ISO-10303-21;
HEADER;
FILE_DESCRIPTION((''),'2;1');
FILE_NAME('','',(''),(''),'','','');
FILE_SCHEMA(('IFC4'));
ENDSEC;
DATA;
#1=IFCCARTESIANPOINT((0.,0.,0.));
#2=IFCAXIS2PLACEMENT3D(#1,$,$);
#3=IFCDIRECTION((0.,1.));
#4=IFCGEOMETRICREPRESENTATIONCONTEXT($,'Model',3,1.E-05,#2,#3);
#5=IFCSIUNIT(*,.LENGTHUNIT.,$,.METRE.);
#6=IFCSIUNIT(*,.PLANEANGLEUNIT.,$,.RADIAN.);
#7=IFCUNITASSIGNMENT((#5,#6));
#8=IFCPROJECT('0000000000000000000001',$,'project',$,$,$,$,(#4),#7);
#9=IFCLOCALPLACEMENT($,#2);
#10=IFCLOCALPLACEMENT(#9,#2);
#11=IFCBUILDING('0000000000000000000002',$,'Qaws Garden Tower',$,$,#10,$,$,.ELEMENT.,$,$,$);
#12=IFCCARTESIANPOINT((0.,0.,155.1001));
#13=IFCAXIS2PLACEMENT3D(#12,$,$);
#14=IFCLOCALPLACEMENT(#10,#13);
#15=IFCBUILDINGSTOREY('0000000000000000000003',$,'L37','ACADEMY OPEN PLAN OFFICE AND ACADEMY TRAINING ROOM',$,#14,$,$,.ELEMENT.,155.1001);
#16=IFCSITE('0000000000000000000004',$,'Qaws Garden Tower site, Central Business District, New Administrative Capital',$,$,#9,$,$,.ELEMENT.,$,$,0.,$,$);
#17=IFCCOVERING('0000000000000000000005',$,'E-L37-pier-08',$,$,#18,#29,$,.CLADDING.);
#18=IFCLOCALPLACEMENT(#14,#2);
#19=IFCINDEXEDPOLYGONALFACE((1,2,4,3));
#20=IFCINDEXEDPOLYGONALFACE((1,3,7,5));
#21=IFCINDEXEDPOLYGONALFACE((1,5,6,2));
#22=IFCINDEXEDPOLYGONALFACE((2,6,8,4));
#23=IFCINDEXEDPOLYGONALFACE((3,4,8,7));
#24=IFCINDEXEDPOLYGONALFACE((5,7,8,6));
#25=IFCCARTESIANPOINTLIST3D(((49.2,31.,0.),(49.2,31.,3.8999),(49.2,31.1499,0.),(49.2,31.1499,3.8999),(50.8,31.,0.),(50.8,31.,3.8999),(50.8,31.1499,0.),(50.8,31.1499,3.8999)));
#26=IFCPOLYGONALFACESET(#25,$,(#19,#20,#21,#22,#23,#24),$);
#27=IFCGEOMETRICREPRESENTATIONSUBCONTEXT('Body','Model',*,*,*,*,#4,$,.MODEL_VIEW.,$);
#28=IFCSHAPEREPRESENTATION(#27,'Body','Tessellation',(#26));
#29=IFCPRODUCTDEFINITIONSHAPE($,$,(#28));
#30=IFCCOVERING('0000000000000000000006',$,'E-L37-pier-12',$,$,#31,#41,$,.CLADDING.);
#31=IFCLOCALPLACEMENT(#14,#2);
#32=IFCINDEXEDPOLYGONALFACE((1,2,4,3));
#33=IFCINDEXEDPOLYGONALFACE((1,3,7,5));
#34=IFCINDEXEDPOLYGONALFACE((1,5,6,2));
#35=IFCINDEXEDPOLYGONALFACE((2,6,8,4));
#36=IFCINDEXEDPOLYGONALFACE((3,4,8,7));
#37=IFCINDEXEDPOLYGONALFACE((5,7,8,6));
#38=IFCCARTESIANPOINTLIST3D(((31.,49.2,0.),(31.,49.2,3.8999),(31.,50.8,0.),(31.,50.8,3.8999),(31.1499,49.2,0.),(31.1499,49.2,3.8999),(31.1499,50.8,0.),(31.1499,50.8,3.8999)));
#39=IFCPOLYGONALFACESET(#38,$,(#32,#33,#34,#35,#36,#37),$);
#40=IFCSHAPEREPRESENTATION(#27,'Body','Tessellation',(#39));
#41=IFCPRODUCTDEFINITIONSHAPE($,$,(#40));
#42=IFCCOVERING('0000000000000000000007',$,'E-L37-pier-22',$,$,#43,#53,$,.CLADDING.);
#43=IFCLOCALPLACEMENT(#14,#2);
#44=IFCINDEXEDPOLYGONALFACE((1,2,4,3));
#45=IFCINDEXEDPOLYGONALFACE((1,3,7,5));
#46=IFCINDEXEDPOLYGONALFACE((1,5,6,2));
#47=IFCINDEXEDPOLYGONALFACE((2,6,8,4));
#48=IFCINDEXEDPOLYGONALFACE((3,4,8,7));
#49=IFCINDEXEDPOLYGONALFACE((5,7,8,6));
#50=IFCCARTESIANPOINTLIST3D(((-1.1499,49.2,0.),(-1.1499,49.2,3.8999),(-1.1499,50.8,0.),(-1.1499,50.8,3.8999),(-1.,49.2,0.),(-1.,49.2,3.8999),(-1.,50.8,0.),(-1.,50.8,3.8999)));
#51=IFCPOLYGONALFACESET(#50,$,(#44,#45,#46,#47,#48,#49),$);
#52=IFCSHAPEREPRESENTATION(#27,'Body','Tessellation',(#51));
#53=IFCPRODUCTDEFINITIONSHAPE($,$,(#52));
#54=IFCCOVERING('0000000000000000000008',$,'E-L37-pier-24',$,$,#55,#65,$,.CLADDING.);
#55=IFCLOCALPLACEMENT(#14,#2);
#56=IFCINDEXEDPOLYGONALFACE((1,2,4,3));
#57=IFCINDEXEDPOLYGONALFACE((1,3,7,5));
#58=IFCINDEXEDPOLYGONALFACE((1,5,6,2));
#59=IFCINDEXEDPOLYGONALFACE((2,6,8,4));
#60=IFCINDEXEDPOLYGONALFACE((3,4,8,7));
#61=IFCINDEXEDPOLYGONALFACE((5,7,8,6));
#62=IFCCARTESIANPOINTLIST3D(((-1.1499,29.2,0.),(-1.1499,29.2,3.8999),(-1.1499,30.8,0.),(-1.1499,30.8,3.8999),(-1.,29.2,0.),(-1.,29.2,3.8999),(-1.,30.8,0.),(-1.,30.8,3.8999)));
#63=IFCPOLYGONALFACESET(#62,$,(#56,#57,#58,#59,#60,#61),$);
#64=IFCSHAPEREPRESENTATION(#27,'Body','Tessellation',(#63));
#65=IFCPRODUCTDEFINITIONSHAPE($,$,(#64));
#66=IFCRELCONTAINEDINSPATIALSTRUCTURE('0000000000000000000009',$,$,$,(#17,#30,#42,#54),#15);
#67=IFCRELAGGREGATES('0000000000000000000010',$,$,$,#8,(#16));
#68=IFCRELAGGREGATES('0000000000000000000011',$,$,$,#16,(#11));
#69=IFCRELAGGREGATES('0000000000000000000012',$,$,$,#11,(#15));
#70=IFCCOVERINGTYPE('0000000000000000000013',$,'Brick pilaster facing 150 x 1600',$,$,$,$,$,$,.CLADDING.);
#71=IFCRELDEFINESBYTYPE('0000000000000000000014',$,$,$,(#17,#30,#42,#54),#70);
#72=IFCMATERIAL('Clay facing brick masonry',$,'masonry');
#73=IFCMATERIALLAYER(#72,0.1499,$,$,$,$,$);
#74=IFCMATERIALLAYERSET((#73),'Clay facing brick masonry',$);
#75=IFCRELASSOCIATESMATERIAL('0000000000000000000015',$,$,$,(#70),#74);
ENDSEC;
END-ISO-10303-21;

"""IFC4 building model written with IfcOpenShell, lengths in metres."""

from ifc_helpers import new_model, si_unit, direction, frame, origin, place, context, subcontext, project, spatial, polyline, outline, extrude, material, layer, layer_set, type_object, element, save


model = new_model("IFC4")

# Units and contexts
model_context = context("Model", 3, precision=1e-05, world=origin(), true_north=direction((0.0, 1.0)))
body_context = subcontext(model_context, "Body", "Model", "MODEL_VIEW")
ifc_project = project(units=[si_unit("LENGTHUNIT", "METRE"), si_unit("PLANEANGLEUNIT", "RADIAN")], contexts=[model_context])

# Site, building, storey
site_placement = place(None, origin())
site = spatial("IfcSite", under=ifc_project, at=site_placement, Name="Qaws Garden Tower site, Central Business District, New Administrative Capital", CompositionType="ELEMENT", RefElevation=0.0)
building_placement = place(site_placement, origin())
building = spatial("IfcBuilding", under=site, at=building_placement, Name="Qaws Garden Tower", CompositionType="ELEMENT")
storey_placement = place(building_placement, frame((0.0, 0.0, 155.1001)))
storey = spatial("IfcBuildingStorey", under=building, at=storey_placement, Name="L37", Description="ACADEMY OPEN PLAN OFFICE AND ACADEMY TRAINING ROOM", CompositionType="ELEMENT", Elevation=155.1001)

# Shared definitions
placement = place(storey_placement, origin())

# Coverings
ifc_material_1 = material(Name="Clay facing brick masonry", Category="masonry")
ifc_layer_1 = layer(ifc_material_1, 0.1499)
ifc_layer_set_1 = layer_set([ifc_layer_1], Name="Clay facing brick masonry")
covering_type = type_object("IfcCoveringType", Name="Brick pilaster facing 150 x 1600", PredefinedType="CLADDING", material=ifc_layer_set_1)
element("IfcCovering", 1, at=placement, inside=storey, type_object=covering_type, Name="E-L37-pier-08", PredefinedType="CLADDING", context=body_context, shape_type="SweptSolid", body=[
    extrude(outline(polyline([(50.8, 31.0), (49.2, 31.0), (49.2, 31.1499), (50.8, 31.1499), (50.8, 31.0)])), origin(), (0.0, 0.0, 1.0), 3.8999),
])
element("IfcCovering", 2, at=placement, inside=storey, type_object=covering_type, Name="E-L37-pier-12", PredefinedType="CLADDING", context=body_context, shape_type="SweptSolid", body=[
    extrude(outline(polyline([(31.0, 49.2), (31.0, 50.8), (31.1499, 50.8), (31.1499, 49.2), (31.0, 49.2)])), origin(), (0.0, 0.0, 1.0), 3.8999),
])
element("IfcCovering", 3, at=placement, inside=storey, type_object=covering_type, Name="E-L37-pier-22", PredefinedType="CLADDING", context=body_context, shape_type="SweptSolid", body=[
    extrude(outline(polyline([(-1.0, 50.8), (-1.0, 49.2), (-1.1499, 49.2), (-1.1499, 50.8), (-1.0, 50.8)])), origin(), (0.0, 0.0, 1.0), 3.8999),
])
element("IfcCovering", 4, at=placement, inside=storey, type_object=covering_type, Name="E-L37-pier-24", PredefinedType="CLADDING", context=body_context, shape_type="SweptSolid", body=[
    extrude(outline(polyline([(-1.0, 30.8), (-1.0, 29.2), (-1.1499, 29.2), (-1.1499, 30.8), (-1.0, 30.8)])), origin(), (0.0, 0.0, 1.0), 3.8999),
])

save(model, "model.ifc")
